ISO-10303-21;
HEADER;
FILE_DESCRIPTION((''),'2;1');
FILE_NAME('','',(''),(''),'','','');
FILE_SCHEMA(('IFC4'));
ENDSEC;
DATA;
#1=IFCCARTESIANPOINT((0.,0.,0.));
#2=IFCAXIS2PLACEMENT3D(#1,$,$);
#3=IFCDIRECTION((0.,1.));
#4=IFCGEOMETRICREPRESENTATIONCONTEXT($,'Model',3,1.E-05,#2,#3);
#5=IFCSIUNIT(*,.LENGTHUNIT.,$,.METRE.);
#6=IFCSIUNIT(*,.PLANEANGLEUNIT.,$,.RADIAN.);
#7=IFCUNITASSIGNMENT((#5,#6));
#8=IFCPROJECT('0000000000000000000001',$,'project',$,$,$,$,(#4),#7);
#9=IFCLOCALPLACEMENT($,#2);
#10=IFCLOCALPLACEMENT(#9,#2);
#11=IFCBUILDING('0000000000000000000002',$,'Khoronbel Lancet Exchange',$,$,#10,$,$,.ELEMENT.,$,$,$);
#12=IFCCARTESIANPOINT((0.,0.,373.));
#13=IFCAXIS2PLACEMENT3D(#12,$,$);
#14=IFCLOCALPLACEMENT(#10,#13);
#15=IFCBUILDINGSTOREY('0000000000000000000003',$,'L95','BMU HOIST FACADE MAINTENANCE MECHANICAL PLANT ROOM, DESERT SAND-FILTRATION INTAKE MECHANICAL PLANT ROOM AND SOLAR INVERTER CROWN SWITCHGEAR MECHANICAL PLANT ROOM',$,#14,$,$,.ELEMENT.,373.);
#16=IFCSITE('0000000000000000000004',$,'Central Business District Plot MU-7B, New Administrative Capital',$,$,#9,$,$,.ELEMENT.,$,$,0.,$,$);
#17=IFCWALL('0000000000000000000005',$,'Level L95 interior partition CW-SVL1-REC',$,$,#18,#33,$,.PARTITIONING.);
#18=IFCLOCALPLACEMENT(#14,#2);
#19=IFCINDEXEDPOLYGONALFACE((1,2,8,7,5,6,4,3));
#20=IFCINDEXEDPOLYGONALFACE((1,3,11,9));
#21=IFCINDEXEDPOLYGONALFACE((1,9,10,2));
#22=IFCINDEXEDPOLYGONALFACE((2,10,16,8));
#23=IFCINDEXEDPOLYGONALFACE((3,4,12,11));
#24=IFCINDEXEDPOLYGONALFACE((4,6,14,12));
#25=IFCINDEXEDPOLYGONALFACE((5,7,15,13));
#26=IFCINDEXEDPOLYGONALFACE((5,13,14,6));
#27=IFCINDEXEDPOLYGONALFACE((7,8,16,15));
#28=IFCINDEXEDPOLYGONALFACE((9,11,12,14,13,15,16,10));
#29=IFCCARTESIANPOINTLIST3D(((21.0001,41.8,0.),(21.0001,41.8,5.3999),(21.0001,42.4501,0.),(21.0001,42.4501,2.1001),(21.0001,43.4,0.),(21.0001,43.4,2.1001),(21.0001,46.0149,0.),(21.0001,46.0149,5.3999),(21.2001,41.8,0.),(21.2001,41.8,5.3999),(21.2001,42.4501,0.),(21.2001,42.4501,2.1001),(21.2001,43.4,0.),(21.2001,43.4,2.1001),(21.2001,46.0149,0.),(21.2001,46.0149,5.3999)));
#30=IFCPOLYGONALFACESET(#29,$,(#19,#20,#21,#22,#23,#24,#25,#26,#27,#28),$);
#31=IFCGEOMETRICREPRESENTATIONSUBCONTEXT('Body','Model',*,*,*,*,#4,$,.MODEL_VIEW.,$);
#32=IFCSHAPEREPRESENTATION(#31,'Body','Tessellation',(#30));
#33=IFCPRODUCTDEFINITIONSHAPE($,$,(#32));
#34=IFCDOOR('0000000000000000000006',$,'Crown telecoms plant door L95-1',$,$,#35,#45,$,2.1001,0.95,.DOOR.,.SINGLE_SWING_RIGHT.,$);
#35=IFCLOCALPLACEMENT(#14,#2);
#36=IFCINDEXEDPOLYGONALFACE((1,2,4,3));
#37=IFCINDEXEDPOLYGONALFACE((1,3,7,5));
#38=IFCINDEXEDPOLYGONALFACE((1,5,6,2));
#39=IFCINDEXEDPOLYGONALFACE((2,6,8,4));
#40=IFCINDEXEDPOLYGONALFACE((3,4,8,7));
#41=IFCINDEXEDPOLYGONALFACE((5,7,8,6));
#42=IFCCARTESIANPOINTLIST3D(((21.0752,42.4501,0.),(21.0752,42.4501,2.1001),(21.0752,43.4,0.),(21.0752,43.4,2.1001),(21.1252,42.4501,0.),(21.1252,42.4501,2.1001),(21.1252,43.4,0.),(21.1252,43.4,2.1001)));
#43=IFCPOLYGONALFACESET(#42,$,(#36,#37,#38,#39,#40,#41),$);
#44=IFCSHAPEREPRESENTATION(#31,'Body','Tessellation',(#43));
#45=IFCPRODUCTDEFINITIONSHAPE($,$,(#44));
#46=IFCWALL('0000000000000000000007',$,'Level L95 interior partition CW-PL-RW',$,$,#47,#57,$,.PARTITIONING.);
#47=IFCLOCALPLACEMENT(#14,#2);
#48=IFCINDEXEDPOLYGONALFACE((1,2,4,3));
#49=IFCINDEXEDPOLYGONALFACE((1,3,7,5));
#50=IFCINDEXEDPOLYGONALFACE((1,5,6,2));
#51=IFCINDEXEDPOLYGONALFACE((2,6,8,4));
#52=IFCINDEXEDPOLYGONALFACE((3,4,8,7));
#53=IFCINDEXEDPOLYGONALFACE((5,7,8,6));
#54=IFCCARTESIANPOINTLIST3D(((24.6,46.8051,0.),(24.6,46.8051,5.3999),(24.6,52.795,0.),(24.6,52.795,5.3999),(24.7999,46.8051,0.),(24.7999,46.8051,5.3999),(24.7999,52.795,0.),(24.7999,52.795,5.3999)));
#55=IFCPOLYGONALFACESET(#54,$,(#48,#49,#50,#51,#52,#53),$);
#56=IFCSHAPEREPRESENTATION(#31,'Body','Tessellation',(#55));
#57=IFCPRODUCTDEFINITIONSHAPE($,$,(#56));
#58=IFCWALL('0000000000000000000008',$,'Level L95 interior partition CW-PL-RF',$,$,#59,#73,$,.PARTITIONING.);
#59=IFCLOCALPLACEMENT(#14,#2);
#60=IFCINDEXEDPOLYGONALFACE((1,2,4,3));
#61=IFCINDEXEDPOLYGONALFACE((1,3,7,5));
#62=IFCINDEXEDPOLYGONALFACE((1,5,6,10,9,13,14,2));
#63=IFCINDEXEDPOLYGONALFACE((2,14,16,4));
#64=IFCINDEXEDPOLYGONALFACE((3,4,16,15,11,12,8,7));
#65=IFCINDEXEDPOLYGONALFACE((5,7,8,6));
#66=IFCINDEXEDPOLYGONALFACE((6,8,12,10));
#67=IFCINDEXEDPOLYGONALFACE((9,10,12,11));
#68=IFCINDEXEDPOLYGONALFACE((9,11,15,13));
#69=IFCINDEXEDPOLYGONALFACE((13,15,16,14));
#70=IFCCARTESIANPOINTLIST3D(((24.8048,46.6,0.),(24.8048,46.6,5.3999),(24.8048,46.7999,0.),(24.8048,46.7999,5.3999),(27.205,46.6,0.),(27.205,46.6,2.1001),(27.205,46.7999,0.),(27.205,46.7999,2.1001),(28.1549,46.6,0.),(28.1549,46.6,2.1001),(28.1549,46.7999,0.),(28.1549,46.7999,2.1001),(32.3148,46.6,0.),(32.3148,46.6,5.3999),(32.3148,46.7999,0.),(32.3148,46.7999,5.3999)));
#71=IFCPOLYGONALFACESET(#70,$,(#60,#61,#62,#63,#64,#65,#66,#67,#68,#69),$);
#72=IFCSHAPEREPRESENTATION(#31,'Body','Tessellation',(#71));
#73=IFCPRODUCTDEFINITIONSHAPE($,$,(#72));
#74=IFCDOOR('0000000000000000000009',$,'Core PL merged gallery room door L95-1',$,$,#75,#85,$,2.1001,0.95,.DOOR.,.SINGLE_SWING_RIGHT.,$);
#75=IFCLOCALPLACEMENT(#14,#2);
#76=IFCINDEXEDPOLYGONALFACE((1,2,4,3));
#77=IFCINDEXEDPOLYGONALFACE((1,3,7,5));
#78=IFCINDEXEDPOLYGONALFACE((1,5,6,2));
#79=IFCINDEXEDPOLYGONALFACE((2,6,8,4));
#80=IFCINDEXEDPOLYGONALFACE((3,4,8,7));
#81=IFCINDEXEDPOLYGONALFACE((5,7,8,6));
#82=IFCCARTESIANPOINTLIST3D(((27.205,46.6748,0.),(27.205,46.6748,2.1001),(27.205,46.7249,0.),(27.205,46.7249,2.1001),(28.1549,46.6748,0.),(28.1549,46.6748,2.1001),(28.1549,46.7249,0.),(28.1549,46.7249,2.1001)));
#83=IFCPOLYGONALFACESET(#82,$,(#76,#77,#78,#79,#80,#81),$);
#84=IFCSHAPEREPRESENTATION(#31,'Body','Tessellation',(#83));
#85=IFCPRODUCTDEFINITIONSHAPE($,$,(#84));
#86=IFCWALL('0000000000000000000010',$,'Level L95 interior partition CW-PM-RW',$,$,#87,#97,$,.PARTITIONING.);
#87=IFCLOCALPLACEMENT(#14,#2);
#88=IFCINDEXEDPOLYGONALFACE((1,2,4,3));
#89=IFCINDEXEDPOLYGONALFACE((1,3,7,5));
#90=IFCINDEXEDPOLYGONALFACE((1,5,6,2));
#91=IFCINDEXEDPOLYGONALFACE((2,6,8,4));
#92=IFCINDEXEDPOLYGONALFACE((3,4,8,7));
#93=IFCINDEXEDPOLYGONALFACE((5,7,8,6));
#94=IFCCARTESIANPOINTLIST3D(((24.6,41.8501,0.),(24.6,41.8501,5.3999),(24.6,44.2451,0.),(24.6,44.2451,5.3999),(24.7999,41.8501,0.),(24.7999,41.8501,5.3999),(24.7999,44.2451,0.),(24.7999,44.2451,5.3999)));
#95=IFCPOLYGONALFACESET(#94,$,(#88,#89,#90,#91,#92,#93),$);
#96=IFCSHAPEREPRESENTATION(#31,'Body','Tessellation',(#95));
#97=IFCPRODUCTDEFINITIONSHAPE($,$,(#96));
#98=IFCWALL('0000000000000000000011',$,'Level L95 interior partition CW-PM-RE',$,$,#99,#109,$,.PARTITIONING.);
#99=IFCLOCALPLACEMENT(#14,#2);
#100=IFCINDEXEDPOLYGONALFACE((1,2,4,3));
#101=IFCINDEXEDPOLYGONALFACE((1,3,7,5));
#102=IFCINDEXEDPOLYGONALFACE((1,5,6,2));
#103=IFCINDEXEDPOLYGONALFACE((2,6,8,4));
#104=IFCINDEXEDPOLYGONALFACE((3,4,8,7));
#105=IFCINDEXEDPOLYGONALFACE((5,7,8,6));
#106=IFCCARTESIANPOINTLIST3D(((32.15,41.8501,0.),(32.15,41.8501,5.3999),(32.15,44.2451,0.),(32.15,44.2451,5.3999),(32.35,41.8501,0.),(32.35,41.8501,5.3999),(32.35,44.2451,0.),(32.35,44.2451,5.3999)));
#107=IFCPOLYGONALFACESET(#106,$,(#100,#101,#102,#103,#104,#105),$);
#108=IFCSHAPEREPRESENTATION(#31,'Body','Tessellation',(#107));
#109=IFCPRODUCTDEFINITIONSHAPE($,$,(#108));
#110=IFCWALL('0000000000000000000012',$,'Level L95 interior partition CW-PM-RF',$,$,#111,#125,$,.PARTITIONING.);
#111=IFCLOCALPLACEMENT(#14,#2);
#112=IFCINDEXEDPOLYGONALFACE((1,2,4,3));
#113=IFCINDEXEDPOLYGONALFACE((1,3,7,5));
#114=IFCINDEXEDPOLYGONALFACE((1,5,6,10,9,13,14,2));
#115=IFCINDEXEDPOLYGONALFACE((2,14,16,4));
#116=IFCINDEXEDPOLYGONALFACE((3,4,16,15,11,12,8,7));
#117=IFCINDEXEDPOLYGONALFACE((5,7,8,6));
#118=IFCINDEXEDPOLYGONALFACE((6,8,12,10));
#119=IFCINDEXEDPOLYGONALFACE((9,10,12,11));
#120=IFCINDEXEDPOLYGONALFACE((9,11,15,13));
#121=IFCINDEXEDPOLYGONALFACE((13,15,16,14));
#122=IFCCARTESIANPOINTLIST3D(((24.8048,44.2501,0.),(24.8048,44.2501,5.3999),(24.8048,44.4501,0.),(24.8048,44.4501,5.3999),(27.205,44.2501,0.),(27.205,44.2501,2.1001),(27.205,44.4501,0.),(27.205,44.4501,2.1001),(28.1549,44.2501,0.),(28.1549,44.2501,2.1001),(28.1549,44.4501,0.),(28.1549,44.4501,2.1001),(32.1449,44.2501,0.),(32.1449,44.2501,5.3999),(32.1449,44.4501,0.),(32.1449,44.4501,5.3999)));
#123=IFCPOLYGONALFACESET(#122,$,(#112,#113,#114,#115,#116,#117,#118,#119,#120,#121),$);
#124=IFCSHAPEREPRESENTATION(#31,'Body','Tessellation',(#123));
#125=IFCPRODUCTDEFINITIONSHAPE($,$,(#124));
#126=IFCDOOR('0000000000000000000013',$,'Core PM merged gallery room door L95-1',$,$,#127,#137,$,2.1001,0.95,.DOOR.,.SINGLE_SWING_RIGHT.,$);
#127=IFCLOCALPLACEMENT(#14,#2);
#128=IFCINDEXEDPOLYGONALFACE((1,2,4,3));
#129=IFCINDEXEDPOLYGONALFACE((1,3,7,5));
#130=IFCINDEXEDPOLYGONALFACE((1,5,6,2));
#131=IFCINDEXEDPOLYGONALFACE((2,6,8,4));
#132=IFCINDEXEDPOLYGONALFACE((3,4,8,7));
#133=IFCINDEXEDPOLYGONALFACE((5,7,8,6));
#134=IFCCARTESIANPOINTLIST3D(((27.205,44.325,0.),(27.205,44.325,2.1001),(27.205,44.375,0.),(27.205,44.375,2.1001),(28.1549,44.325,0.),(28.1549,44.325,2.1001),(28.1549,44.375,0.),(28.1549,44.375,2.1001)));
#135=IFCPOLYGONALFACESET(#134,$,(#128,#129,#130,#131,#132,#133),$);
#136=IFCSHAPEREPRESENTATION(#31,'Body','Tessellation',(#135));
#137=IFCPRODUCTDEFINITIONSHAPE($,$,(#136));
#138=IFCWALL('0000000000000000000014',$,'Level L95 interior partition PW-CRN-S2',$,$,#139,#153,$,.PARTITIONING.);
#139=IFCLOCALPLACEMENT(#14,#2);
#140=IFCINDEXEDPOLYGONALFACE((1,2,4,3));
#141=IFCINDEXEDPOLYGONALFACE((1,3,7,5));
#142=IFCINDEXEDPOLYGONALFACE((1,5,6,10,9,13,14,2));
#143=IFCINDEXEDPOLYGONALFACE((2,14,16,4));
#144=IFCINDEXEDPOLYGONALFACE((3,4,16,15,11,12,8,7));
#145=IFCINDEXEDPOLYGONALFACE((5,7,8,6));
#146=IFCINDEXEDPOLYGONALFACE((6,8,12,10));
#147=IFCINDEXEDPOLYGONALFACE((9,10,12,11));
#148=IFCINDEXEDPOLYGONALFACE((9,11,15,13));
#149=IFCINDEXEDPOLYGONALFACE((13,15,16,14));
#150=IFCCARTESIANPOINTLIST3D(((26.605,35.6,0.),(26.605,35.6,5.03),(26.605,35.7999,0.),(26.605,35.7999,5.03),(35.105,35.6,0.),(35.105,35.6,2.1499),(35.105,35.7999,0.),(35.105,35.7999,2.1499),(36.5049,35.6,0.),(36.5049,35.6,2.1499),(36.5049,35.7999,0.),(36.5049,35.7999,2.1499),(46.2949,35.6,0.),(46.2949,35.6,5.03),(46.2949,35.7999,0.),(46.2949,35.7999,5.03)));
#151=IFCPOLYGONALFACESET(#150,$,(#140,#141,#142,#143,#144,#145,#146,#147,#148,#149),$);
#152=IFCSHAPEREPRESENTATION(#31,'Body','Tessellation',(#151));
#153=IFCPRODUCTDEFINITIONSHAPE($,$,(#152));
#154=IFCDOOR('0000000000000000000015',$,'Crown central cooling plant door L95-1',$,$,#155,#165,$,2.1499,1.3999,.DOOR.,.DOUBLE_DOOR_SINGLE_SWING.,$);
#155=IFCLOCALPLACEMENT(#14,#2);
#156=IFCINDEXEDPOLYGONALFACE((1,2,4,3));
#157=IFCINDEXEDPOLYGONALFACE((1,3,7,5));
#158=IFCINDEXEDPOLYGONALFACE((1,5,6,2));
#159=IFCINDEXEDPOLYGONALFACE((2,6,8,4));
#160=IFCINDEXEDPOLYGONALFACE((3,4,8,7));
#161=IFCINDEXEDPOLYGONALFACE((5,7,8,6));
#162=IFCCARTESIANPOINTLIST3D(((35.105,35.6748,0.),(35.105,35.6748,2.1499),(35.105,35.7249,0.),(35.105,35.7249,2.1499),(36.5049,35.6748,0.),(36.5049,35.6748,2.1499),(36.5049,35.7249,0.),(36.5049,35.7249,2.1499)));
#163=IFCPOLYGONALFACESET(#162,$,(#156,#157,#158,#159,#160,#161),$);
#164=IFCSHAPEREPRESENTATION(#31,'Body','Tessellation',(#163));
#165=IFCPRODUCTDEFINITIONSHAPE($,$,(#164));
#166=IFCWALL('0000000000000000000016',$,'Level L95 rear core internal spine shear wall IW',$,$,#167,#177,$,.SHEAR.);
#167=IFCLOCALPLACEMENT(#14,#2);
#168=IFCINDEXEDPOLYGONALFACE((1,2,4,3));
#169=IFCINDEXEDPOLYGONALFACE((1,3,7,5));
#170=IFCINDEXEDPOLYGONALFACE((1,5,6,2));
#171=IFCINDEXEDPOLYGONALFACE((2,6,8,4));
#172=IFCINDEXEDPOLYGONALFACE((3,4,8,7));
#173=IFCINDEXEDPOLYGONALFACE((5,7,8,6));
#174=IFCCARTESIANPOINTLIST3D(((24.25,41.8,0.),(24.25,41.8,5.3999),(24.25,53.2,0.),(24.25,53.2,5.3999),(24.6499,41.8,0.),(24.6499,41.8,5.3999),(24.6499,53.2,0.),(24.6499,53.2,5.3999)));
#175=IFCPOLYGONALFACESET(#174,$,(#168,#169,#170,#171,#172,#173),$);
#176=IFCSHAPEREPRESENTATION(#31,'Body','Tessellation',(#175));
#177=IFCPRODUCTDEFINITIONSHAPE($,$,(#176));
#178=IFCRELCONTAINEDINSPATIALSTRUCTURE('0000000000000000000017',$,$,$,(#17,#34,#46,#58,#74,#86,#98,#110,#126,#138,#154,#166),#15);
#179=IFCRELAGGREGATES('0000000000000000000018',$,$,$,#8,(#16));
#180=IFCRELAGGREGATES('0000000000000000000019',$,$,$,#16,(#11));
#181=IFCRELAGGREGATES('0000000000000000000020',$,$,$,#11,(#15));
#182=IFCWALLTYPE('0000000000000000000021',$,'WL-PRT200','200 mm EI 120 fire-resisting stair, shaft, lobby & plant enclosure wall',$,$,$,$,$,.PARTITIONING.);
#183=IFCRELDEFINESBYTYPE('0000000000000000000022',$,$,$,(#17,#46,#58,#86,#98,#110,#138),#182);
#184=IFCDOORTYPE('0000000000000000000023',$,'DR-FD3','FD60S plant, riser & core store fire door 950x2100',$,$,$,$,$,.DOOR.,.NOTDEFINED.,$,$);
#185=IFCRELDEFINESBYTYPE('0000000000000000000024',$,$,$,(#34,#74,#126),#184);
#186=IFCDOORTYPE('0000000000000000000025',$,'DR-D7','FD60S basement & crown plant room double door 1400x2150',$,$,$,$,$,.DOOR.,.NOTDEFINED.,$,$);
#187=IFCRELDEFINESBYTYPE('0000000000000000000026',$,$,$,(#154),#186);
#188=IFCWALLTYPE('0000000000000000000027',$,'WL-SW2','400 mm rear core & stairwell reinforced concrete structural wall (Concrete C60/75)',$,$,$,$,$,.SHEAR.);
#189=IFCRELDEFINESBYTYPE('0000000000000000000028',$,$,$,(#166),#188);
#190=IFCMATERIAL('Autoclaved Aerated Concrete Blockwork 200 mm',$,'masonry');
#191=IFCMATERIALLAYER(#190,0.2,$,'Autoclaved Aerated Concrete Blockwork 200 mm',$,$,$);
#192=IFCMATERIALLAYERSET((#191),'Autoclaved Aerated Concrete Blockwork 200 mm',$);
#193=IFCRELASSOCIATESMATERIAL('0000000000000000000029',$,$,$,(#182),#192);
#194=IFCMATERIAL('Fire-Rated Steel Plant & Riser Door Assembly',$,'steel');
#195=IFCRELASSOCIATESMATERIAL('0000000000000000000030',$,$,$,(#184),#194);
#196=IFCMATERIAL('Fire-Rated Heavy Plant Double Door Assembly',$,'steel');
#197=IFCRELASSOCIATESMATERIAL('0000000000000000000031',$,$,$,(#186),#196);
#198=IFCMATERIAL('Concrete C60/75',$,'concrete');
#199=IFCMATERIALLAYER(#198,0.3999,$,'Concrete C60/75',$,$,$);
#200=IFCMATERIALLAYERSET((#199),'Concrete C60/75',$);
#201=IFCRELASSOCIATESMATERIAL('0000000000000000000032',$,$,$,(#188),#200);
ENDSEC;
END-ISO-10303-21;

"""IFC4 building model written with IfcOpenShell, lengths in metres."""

from ifc_helpers import new_model, si_unit, direction, frame, frame_2d, origin, place, context, subcontext, project, spatial, rectangle, extrude, material, layer, layer_set, type_object, element, fill, save


model = new_model("IFC4")

# Units and contexts
model_context = context("Model", 3, precision=1e-05, world=origin(), true_north=direction((0.0, 1.0)))
body_context = subcontext(model_context, "Body", "Model", "MODEL_VIEW")
ifc_project = project(units=[si_unit("LENGTHUNIT", "METRE"), si_unit("PLANEANGLEUNIT", "RADIAN")], contexts=[model_context])

# Site, building, storey
site_placement = place(None, origin())
site = spatial("IfcSite", under=ifc_project, at=site_placement, Name="Central Business District Plot MU-7B, New Administrative Capital", CompositionType="ELEMENT", RefElevation=0.0)
building_placement = place(site_placement, origin())
building = spatial("IfcBuilding", under=site, at=building_placement, Name="Khoronbel Lancet Exchange", CompositionType="ELEMENT")
storey_placement = place(building_placement, frame((0.0, 0.0, 373.0)))
storey = spatial("IfcBuildingStorey", under=building, at=storey_placement, Name="L95", Description="BMU HOIST FACADE MAINTENANCE MECHANICAL PLANT ROOM, DESERT SAND-FILTRATION INTAKE MECHANICAL PLANT ROOM AND SOLAR INVERTER CROWN SWITCHGEAR MECHANICAL PLANT ROOM", CompositionType="ELEMENT", Elevation=373.0)

# Shared definitions
ifc_material_1 = material(Name="Concrete C60/75", Category="concrete")

# Shared definitions
ifc_material_2 = material(Name="Autoclaved Aerated Concrete Blockwork 200 mm", Category="masonry")
ifc_layer_1 = layer(ifc_material_2, 0.2, Name="Autoclaved Aerated Concrete Blockwork 200 mm")
ifc_layer_set_1 = layer_set([ifc_layer_1], Name="Autoclaved Aerated Concrete Blockwork 200 mm")
wall_type_1 = type_object("IfcWallType", Name="WL-PRT200", Description="200 mm EI 120 fire-resisting stair, shaft, lobby & plant enclosure wall", PredefinedType="PARTITIONING", material=ifc_layer_set_1)

# Wall, opening, door
wall_1_placement = place(storey_placement, frame((21.1001, 41.8, 0.0), z_axis=(0.0, 0.0, 1.0), x_axis=(0.0, 1.0, 0.0)))
wall_1 = element("IfcWall", 1, at=wall_1_placement, inside=storey, type_object=wall_type_1, Name="Level L95 interior partition CW-SVL1-REC", PredefinedType="PARTITIONING", context=body_context, shape_type="SweptSolid", body=[
    extrude(rectangle(XDim=4.2148, YDim=0.2, at=frame_2d((2.1074, 0.0))), origin(), (0.0, 0.0, 1.0), 5.3999),
])
opening_1_placement = place(wall_1_placement, frame((0.6499, 0.0, 0.0)))
opening_1 = element("IfcOpeningElement", 2, at=opening_1_placement, cuts=wall_1, PredefinedType="OPENING", context=body_context, shape_type="SweptSolid", body=[
    extrude(rectangle(XDim=0.95, YDim=2.1001, at=frame_2d((0.4751, 1.05))), frame((0.0, 0.1099, 0.0), z_axis=(0.0, -1.0, 0.0), x_axis=(1.0, 0.0, 0.0)), (0.0, 0.0, 1.0), 0.22),
])
ifc_material_3 = material(Name="Fire-Rated Steel Plant & Riser Door Assembly", Category="steel")
door_type_1 = type_object("IfcDoorType", Name="DR-FD3", Description="FD60S plant, riser & core store fire door 950x2100", OperationType="NOTDEFINED", PredefinedType="DOOR", material=ifc_material_3)
door_1_placement = place(opening_1_placement, origin())
door_1 = element("IfcDoor", 3, at=door_1_placement, inside=storey, type_object=door_type_1, Name="Crown telecoms plant door L95-1", OperationType="SINGLE_SWING_RIGHT", OverallHeight=2.1001, OverallWidth=0.95, PredefinedType="DOOR", context=body_context, shape_type="SweptSolid", body=[
    extrude(rectangle(XDim=0.95, YDim=2.1001, at=frame_2d((0.4751, 1.05))), frame((0.0, 0.0249, 0.0), z_axis=(0.0, -1.0, 0.0), x_axis=(1.0, 0.0, 0.0)), (0.0, 0.0, 1.0), 0.05),
])
fill(opening_1, door_1)

# Wall
wall_2_placement = place(storey_placement, frame((24.7, 46.8049, 0.0), z_axis=(0.0, 0.0, 1.0), x_axis=(0.0, 1.0, 0.0)))
element("IfcWall", 4, at=wall_2_placement, inside=storey, type_object=wall_type_1, Name="Level L95 interior partition CW-PL-RW", PredefinedType="PARTITIONING", context=body_context, shape_type="SweptSolid", body=[
    extrude(rectangle(XDim=5.99, YDim=0.2, at=frame_2d((2.9951, 0.0))), origin(), (0.0, 0.0, 1.0), 5.3999),
])

# Wall, opening, door
wall_3_placement = place(storey_placement, frame((24.8049, 46.7, 0.0), z_axis=(0.0, 0.0, 1.0), x_axis=(1.0, 0.0, 0.0)))
wall_3 = element("IfcWall", 5, at=wall_3_placement, inside=storey, type_object=wall_type_1, Name="Level L95 interior partition CW-PL-RF", PredefinedType="PARTITIONING", context=body_context, shape_type="SweptSolid", body=[
    extrude(rectangle(XDim=7.51, YDim=0.2, at=frame_2d((3.7549, 0.0))), origin(), (0.0, 0.0, 1.0), 5.3999),
])
opening_2_placement = place(wall_3_placement, frame((2.3999, 0.0, 0.0)))
opening_2 = element("IfcOpeningElement", 6, at=opening_2_placement, cuts=wall_3, PredefinedType="OPENING", context=body_context, shape_type="SweptSolid", body=[
    extrude(rectangle(XDim=0.95, YDim=2.1001, at=frame_2d((0.4751, 1.05))), frame((0.0, 0.1099, 0.0), z_axis=(0.0, -1.0, 0.0), x_axis=(1.0, 0.0, 0.0)), (0.0, 0.0, 1.0), 0.22),
])
door_2_placement = place(opening_2_placement, origin())
door_2 = element("IfcDoor", 7, at=door_2_placement, inside=storey, type_object=door_type_1, Name="Core PL merged gallery room door L95-1", OperationType="SINGLE_SWING_RIGHT", OverallHeight=2.1001, OverallWidth=0.95, PredefinedType="DOOR", context=body_context, shape_type="SweptSolid", body=[
    extrude(rectangle(XDim=0.95, YDim=2.1001, at=frame_2d((0.4751, 1.05))), frame((0.0, 0.0249, 0.0), z_axis=(0.0, -1.0, 0.0), x_axis=(1.0, 0.0, 0.0)), (0.0, 0.0, 1.0), 0.05),
])
fill(opening_2, door_2)

# Walls
for number, where, z_axis, x_axis, name in (
    (8, (24.7, 41.8501, 0.0), (0.0, 0.0, 1.0), (0.0, 1.0, 0.0), "Level L95 interior partition CW-PM-RW"),
    (9, (32.25, 41.8501, 0.0), (0.0, 0.0, 1.0), (0.0, 1.0, 0.0), "Level L95 interior partition CW-PM-RE"),
):
    element("IfcWall", number, at=place(storey_placement, frame(where, z_axis=z_axis, x_axis=x_axis)), inside=storey, type_object=wall_type_1, Name=name, PredefinedType="PARTITIONING", context=body_context, shape_type="SweptSolid", body=[
        extrude(rectangle(XDim=2.395, YDim=0.2, at=frame_2d((1.1975, 0.0))), origin(), (0.0, 0.0, 1.0), 5.3999),
    ])

# Walls, openings, doors
wall_4_placement = place(storey_placement, frame((24.8049, 44.3501, 0.0), z_axis=(0.0, 0.0, 1.0), x_axis=(1.0, 0.0, 0.0)))
wall_4 = element("IfcWall", 10, at=wall_4_placement, inside=storey, type_object=wall_type_1, Name="Level L95 interior partition CW-PM-RF", PredefinedType="PARTITIONING", context=body_context, shape_type="SweptSolid", body=[
    extrude(rectangle(XDim=7.3401, YDim=0.2, at=frame_2d((3.6699, 0.0))), origin(), (0.0, 0.0, 1.0), 5.3999),
])
opening_3_placement = place(wall_4_placement, frame((2.3999, 0.0, 0.0)))
opening_3 = element("IfcOpeningElement", 11, at=opening_3_placement, cuts=wall_4, PredefinedType="OPENING", context=body_context, shape_type="SweptSolid", body=[
    extrude(rectangle(XDim=0.95, YDim=2.1001, at=frame_2d((0.4751, 1.05))), frame((0.0, 0.1099, 0.0), z_axis=(0.0, -1.0, 0.0), x_axis=(1.0, 0.0, 0.0)), (0.0, 0.0, 1.0), 0.22),
])
door_3_placement = place(opening_3_placement, origin())
door_3 = element("IfcDoor", 12, at=door_3_placement, inside=storey, type_object=door_type_1, Name="Core PM merged gallery room door L95-1", OperationType="SINGLE_SWING_RIGHT", OverallHeight=2.1001, OverallWidth=0.95, PredefinedType="DOOR", context=body_context, shape_type="SweptSolid", body=[
    extrude(rectangle(XDim=0.95, YDim=2.1001, at=frame_2d((0.4751, 1.05))), frame((0.0, 0.0249, 0.0), z_axis=(0.0, -1.0, 0.0), x_axis=(1.0, 0.0, 0.0)), (0.0, 0.0, 1.0), 0.05),
])
fill(opening_3, door_3)
wall_5_placement = place(storey_placement, frame((26.605, 35.7, 0.0), z_axis=(0.0, 0.0, 1.0), x_axis=(1.0, 0.0, 0.0)))
wall_5 = element("IfcWall", 13, at=wall_5_placement, inside=storey, type_object=wall_type_1, Name="Level L95 interior partition PW-CRN-S2", PredefinedType="PARTITIONING", context=body_context, shape_type="SweptSolid", body=[
    extrude(rectangle(XDim=19.6899, YDim=0.2, at=frame_2d((9.845, 0.0))), origin(), (0.0, 0.0, 1.0), 5.03),
])
opening_4_placement = place(wall_5_placement, frame((8.5, 0.0, 0.0)))
opening_4 = element("IfcOpeningElement", 14, at=opening_4_placement, cuts=wall_5, PredefinedType="OPENING", context=body_context, shape_type="SweptSolid", body=[
    extrude(rectangle(XDim=1.3999, YDim=2.1499, at=frame_2d((0.7, 1.075))), frame((0.0, 0.1099, 0.0), z_axis=(0.0, -1.0, 0.0), x_axis=(1.0, 0.0, 0.0)), (0.0, 0.0, 1.0), 0.22),
])
ifc_material_4 = material(Name="Fire-Rated Heavy Plant Double Door Assembly", Category="steel")
door_type_2 = type_object("IfcDoorType", Name="DR-D7", Description="FD60S basement & crown plant room double door 1400x2150", OperationType="NOTDEFINED", PredefinedType="DOOR", material=ifc_material_4)
door_4_placement = place(opening_4_placement, origin())
door_4 = element("IfcDoor", 15, at=door_4_placement, inside=storey, type_object=door_type_2, Name="Crown central cooling plant door L95-1", OperationType="DOUBLE_DOOR_SINGLE_SWING", OverallHeight=2.1499, OverallWidth=1.3999, PredefinedType="DOOR", context=body_context, shape_type="SweptSolid", body=[
    extrude(rectangle(XDim=1.3999, YDim=2.1499, at=frame_2d((0.7, 1.075))), frame((0.0, 0.0249, 0.0), z_axis=(0.0, -1.0, 0.0), x_axis=(1.0, 0.0, 0.0)), (0.0, 0.0, 1.0), 0.05),
])
fill(opening_4, door_4)

# Wall
ifc_layer_2 = layer(ifc_material_1, 0.3999, Name="Concrete C60/75")
ifc_layer_set_2 = layer_set([ifc_layer_2], Name="Concrete C60/75")
wall_type_2 = type_object("IfcWallType", Name="WL-SW2", Description="400 mm rear core & stairwell reinforced concrete structural wall (Concrete C60/75)", PredefinedType="SHEAR", material=ifc_layer_set_2)
wall_6_placement = place(storey_placement, frame((24.45, 41.8, 0.0), z_axis=(0.0, 0.0, 1.0), x_axis=(0.0, 1.0, 0.0)))
element("IfcWall", 16, at=wall_6_placement, inside=storey, type_object=wall_type_2, Name="Level L95 rear core internal spine shear wall IW", PredefinedType="SHEAR", context=body_context, shape_type="SweptSolid", body=[
    extrude(rectangle(XDim=11.3999, YDim=0.3999, at=frame_2d((5.7, 0.0))), origin(), (0.0, 0.0, 1.0), 5.3999),
])

save(model, "model.ifc")
